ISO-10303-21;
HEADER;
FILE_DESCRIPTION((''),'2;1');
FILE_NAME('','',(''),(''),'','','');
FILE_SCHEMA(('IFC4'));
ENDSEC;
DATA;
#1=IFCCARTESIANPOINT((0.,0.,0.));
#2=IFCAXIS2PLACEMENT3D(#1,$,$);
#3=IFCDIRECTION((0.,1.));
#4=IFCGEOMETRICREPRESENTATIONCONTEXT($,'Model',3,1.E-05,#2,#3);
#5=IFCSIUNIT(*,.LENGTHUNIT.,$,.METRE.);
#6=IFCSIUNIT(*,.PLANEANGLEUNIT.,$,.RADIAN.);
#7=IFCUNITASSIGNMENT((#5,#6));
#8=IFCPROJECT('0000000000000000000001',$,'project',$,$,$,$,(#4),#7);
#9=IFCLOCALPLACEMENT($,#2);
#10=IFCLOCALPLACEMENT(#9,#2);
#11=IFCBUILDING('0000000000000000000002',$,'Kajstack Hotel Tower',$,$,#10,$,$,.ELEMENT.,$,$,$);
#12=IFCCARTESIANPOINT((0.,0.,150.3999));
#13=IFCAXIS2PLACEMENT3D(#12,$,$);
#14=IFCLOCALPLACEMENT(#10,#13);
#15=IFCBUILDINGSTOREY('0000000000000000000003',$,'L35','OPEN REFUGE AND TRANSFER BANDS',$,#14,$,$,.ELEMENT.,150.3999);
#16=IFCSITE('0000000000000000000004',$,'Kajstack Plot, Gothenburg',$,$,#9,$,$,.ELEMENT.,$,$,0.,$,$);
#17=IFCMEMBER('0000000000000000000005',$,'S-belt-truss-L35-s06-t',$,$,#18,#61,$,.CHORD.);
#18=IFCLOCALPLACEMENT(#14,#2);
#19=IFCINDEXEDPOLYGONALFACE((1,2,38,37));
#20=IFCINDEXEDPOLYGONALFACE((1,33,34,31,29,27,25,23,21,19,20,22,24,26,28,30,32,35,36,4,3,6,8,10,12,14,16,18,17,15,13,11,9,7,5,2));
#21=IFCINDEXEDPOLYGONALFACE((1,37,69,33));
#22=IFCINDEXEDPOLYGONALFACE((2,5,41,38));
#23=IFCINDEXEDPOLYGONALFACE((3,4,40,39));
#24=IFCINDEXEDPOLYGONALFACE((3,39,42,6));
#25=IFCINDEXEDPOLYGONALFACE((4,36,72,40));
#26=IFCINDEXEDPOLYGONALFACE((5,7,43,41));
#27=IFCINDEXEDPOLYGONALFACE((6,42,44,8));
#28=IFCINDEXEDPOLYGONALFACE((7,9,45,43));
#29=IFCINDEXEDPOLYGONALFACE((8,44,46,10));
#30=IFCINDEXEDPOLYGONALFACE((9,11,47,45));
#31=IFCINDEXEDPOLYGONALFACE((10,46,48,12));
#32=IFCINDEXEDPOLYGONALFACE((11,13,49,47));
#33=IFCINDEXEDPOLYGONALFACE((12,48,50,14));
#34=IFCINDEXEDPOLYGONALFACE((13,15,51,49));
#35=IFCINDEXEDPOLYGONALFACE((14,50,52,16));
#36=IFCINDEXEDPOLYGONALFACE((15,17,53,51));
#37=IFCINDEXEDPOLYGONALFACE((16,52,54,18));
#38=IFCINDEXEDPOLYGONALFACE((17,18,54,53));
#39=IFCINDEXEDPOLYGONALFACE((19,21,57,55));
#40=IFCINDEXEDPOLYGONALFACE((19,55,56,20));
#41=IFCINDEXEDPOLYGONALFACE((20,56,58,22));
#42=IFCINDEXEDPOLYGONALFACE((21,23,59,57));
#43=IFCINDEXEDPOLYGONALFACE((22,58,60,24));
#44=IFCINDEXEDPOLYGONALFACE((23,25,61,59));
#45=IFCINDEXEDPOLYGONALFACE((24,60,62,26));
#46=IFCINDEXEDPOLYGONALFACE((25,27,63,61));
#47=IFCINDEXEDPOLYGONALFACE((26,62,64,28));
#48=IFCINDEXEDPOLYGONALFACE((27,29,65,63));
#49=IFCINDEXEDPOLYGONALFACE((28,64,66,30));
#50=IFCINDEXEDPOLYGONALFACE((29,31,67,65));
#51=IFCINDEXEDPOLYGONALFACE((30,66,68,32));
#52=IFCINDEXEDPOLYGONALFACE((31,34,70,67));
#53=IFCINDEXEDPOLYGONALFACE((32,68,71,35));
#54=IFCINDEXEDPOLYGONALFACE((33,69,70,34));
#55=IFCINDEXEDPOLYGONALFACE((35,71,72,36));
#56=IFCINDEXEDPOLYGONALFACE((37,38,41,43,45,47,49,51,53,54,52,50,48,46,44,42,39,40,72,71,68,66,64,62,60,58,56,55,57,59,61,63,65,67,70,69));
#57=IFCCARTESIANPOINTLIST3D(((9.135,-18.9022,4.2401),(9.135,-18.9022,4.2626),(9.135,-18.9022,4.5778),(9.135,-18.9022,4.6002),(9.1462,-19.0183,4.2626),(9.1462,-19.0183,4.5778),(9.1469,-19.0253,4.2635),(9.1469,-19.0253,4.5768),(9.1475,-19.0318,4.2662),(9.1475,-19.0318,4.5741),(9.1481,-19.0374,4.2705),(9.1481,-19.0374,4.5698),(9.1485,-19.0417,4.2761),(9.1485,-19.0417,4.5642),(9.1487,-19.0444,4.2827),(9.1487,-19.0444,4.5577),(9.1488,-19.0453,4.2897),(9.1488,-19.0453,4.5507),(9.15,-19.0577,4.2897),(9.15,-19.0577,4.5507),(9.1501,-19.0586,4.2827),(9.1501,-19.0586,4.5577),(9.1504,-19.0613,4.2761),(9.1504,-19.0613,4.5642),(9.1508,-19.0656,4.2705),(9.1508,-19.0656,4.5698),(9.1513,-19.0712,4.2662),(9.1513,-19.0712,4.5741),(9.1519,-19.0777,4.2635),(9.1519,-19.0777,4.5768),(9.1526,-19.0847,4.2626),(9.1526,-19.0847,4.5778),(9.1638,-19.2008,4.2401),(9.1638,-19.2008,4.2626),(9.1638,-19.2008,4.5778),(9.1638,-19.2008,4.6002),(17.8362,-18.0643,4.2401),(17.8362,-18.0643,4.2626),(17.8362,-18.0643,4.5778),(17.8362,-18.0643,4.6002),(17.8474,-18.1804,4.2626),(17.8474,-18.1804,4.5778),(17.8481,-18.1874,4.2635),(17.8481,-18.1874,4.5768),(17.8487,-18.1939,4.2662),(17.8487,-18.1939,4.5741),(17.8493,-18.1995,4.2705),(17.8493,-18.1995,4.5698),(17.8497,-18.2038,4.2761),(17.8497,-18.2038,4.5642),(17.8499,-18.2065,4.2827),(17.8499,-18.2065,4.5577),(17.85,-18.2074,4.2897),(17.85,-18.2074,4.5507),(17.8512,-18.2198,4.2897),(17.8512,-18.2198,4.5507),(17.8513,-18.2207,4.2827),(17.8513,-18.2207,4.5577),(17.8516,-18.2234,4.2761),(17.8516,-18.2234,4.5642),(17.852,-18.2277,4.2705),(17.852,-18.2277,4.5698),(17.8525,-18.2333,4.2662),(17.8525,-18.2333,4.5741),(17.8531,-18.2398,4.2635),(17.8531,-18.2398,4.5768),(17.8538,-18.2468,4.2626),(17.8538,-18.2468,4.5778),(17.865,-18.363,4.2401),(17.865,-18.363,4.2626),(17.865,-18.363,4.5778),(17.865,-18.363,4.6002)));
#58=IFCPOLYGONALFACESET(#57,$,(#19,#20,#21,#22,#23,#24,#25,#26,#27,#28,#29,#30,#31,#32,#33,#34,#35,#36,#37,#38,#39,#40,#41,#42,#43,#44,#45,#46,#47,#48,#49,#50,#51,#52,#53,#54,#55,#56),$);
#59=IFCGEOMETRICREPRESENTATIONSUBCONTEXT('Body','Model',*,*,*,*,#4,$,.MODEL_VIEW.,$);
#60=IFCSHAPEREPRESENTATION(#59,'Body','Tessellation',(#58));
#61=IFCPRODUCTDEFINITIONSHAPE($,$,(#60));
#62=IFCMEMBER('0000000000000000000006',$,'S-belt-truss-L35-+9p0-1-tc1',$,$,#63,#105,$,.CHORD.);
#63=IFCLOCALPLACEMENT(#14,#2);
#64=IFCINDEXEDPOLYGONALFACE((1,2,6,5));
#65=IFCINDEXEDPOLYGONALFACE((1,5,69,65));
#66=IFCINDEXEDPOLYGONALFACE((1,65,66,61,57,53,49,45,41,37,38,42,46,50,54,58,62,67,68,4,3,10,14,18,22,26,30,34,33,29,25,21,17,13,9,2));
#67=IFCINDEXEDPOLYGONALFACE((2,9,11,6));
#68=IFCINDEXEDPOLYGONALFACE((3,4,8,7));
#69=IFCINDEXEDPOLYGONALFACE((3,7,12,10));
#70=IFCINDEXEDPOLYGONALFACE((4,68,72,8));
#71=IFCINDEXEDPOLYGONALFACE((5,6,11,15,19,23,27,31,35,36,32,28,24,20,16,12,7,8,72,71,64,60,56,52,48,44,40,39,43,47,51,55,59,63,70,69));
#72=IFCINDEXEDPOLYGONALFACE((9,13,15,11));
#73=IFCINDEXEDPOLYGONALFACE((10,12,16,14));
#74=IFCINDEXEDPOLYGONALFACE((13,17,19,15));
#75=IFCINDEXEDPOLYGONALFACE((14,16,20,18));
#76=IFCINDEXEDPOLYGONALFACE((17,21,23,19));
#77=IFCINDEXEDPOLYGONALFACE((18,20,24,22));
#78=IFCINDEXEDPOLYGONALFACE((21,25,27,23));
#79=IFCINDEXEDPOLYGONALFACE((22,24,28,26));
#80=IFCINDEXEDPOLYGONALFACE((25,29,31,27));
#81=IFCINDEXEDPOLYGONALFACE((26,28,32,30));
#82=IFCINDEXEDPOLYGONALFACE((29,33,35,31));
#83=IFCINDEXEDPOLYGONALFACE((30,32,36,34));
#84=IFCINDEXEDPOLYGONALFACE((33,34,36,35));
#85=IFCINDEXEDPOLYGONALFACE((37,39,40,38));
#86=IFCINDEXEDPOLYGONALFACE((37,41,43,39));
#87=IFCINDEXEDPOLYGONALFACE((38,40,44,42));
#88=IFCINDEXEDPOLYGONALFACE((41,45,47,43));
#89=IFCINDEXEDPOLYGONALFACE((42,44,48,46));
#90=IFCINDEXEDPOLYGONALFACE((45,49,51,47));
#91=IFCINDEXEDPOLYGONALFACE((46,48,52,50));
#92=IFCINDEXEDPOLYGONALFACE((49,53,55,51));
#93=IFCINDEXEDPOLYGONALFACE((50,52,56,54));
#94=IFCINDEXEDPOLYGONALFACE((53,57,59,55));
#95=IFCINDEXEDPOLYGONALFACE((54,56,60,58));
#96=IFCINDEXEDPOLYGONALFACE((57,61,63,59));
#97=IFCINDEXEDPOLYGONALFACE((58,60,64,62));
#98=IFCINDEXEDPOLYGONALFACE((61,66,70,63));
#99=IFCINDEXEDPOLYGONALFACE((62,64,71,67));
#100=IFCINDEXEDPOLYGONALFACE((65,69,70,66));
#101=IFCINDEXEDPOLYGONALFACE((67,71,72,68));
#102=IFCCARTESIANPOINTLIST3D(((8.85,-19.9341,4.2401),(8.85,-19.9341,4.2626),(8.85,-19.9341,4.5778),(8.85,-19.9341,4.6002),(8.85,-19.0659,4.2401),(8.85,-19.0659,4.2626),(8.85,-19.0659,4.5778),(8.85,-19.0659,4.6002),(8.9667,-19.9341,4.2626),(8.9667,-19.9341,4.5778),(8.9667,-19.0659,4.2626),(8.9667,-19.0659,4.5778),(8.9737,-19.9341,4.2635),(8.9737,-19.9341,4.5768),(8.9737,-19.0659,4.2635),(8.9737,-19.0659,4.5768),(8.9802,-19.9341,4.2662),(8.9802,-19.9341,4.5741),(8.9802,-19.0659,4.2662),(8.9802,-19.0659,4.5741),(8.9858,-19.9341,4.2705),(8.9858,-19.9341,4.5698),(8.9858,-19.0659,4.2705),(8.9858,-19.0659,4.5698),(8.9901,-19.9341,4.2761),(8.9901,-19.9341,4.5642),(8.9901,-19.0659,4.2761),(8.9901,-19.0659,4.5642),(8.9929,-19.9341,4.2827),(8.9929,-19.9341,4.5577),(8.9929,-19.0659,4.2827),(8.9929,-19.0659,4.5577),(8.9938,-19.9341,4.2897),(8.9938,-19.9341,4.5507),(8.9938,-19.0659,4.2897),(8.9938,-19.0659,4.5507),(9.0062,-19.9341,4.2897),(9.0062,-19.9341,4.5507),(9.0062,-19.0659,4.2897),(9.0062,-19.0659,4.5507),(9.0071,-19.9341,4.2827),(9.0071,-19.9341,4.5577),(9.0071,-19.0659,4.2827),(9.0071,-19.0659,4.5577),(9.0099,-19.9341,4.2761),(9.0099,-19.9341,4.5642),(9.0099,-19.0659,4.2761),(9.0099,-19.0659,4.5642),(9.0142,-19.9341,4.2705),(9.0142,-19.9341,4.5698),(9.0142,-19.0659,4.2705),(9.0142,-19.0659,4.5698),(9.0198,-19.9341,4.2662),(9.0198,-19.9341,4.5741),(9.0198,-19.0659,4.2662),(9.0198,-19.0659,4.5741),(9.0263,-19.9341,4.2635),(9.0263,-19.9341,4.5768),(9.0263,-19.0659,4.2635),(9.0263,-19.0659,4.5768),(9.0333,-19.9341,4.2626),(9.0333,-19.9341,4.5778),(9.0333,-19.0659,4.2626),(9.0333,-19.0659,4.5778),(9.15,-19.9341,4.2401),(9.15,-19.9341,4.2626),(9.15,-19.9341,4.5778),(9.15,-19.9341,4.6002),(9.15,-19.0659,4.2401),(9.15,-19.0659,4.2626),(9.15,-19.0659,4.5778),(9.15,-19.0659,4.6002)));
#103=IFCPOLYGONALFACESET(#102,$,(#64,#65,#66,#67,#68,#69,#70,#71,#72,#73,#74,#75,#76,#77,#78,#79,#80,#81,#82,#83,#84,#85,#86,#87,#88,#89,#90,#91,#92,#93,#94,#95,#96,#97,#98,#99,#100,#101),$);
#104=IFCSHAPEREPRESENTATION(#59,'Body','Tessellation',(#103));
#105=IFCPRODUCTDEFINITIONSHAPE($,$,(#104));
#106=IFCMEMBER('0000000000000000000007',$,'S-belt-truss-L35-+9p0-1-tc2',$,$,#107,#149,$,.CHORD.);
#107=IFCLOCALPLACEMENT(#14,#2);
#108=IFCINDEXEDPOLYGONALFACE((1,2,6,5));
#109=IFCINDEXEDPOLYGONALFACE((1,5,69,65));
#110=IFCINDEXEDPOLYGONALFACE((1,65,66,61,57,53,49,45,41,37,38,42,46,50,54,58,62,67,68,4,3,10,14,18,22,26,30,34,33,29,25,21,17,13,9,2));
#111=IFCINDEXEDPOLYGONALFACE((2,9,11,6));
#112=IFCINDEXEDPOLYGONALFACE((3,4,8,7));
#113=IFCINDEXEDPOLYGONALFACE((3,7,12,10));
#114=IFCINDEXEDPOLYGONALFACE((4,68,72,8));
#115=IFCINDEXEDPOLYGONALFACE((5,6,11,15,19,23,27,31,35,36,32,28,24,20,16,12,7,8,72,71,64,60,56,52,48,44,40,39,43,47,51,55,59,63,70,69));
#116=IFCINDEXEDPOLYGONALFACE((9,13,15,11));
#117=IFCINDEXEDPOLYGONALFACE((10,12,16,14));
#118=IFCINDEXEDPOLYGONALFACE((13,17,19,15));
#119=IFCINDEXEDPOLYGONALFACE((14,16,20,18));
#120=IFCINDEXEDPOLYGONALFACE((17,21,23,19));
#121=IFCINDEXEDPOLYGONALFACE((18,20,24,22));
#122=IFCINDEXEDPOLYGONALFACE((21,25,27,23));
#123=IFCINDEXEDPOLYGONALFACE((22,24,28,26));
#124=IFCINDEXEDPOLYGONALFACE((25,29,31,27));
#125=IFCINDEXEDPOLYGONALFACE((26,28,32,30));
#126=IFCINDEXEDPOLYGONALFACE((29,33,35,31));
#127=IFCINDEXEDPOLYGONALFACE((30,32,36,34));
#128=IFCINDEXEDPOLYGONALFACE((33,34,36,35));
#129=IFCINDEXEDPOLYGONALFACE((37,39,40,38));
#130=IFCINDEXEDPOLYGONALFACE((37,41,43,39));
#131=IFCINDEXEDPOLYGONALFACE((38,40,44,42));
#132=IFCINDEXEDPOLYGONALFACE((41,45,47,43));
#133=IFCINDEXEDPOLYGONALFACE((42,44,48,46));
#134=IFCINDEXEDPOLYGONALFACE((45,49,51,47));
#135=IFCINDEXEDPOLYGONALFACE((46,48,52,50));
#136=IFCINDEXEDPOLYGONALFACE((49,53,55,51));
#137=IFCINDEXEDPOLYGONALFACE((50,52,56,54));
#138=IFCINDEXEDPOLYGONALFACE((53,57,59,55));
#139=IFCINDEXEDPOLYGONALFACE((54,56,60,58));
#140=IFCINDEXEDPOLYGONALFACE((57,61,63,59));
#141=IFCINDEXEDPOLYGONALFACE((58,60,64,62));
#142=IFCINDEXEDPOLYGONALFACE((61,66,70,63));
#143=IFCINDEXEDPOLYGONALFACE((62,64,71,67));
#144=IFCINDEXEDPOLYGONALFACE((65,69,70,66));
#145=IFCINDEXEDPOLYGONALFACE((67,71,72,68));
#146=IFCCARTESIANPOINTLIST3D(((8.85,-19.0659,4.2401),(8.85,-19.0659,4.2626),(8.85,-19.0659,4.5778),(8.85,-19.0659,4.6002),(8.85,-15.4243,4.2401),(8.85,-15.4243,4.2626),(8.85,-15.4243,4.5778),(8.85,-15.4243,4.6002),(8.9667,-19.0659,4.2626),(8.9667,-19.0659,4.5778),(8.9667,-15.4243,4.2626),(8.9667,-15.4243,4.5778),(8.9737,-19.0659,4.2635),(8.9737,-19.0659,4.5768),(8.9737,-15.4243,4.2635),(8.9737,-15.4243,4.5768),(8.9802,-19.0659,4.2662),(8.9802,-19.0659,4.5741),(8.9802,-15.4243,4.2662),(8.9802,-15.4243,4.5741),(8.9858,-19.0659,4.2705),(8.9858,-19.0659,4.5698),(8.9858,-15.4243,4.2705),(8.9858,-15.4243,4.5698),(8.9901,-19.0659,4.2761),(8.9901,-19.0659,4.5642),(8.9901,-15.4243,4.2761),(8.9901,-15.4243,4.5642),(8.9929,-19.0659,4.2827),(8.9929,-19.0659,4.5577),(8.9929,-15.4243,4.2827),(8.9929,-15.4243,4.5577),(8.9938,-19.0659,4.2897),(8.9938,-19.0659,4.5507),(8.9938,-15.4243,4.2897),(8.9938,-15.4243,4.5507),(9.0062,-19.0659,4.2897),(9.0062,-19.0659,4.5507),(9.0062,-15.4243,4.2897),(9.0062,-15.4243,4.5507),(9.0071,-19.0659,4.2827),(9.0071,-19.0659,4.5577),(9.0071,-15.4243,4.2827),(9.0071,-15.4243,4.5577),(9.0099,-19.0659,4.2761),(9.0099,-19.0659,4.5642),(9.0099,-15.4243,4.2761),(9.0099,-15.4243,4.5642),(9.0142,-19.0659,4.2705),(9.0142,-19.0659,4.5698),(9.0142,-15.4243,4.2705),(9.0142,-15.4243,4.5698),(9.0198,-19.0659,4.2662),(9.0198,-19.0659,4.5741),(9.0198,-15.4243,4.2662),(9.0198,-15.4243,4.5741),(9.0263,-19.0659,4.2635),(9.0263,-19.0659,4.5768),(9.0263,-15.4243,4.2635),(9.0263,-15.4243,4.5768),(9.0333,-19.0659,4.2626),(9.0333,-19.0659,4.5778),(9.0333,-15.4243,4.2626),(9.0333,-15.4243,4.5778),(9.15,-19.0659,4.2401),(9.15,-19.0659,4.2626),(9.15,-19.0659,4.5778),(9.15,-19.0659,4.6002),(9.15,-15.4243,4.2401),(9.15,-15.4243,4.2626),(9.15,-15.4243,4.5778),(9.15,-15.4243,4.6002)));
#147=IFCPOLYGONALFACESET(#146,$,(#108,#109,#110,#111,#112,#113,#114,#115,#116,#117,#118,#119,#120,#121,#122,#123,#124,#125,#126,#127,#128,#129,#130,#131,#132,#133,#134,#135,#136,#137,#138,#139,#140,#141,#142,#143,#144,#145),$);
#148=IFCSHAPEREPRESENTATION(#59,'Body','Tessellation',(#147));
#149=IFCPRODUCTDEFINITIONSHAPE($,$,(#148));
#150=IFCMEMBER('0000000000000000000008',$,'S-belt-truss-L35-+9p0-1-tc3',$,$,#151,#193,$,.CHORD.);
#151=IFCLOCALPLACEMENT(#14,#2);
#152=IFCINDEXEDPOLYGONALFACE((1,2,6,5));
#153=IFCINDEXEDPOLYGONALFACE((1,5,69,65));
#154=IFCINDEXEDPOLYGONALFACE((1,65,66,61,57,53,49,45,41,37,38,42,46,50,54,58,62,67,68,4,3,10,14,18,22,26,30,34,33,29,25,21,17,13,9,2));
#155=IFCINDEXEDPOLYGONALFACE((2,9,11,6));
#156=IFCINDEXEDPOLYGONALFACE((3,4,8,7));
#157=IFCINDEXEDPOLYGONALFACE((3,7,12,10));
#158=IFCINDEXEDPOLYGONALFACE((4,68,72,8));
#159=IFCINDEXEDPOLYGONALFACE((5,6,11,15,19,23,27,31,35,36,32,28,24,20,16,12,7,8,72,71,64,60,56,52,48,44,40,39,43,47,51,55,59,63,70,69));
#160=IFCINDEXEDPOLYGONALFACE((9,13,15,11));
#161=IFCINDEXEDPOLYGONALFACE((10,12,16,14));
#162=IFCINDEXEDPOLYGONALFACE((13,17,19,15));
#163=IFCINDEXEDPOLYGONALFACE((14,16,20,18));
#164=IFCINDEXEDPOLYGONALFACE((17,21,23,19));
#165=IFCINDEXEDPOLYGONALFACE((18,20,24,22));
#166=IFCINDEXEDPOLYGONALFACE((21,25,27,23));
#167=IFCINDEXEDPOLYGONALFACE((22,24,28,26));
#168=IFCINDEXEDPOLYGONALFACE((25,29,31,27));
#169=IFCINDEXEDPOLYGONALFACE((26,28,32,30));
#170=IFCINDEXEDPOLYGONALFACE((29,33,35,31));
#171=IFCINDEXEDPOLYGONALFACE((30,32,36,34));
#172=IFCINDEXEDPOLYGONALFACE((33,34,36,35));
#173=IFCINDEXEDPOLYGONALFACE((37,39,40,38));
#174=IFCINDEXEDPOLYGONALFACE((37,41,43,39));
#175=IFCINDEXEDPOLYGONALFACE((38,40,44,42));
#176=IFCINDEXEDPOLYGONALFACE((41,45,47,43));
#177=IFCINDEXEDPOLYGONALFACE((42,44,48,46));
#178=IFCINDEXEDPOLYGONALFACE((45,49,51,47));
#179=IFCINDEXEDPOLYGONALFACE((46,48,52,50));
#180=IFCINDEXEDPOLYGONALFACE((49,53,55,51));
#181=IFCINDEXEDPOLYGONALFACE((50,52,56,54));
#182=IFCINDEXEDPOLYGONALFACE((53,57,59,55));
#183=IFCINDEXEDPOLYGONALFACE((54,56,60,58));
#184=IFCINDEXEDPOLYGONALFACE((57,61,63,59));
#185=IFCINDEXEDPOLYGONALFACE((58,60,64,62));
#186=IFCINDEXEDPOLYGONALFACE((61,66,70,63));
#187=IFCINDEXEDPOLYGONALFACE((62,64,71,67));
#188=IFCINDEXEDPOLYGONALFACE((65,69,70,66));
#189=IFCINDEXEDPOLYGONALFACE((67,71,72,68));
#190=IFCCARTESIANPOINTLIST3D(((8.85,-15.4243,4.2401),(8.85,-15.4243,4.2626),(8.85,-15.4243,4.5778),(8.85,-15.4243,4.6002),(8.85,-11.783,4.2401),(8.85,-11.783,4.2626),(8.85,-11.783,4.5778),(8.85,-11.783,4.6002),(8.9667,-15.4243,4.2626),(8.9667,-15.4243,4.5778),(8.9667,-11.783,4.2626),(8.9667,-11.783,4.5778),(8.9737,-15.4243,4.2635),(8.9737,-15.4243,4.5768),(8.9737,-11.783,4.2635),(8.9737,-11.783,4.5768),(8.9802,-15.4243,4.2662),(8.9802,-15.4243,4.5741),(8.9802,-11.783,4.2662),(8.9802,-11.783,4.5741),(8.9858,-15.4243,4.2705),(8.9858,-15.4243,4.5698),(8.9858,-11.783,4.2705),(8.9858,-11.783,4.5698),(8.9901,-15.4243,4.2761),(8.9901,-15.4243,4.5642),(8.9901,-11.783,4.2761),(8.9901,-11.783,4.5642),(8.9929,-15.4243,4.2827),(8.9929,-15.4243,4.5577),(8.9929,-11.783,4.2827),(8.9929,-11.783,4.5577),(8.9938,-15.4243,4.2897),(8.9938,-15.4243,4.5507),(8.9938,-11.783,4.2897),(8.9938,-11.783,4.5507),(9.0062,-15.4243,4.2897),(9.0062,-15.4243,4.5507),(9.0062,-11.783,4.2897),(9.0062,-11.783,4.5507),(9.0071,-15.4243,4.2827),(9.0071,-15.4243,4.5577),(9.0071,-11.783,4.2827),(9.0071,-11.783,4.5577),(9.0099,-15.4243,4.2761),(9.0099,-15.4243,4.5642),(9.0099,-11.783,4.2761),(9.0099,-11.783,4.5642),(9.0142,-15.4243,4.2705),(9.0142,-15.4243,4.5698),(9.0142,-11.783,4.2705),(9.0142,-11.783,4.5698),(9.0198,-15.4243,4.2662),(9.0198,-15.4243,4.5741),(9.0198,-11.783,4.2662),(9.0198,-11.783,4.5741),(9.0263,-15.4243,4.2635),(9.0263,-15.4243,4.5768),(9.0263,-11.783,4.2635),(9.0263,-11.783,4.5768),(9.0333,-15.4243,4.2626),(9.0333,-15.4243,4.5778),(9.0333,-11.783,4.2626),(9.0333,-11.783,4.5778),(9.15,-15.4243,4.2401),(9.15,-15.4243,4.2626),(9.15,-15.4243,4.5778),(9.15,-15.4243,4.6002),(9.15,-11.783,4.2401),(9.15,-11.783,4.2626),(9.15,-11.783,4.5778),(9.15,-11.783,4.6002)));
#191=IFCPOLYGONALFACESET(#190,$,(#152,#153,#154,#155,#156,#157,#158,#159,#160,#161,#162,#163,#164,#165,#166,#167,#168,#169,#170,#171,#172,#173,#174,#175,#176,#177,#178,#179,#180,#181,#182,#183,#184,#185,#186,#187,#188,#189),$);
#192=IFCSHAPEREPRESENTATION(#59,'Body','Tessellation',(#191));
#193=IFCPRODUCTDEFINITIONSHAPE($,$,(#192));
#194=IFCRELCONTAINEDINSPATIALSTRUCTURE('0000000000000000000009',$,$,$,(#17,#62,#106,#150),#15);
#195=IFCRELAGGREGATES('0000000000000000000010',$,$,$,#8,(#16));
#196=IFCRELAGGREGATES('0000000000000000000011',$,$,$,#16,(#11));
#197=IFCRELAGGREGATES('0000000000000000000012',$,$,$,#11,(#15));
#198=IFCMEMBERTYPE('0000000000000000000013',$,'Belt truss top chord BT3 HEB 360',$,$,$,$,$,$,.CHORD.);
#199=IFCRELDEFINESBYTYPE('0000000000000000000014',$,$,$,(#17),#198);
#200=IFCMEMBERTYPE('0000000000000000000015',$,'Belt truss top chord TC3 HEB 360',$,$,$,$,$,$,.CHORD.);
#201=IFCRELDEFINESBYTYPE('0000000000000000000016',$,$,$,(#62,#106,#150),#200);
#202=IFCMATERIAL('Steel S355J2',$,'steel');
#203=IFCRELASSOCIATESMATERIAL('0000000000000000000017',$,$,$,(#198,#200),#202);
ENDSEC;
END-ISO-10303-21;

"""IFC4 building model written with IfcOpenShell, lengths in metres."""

from ifc_helpers import new_model, si_unit, direction, frame, origin, origin_2d, place, context, subcontext, project, spatial, i_section, extrude, material, material_profile, profile_set, type_object, element, save


model = new_model("IFC4")

# Units and contexts
model_context = context("Model", 3, precision=1e-05, world=origin(), true_north=direction((0.0, 1.0)))
body_context = subcontext(model_context, "Body", "Model", "MODEL_VIEW")
ifc_project = project(units=[si_unit("LENGTHUNIT", "METRE"), si_unit("PLANEANGLEUNIT", "RADIAN")], contexts=[model_context])

# Site, building, storey
site_placement = place(None, origin())
site = spatial("IfcSite", under=ifc_project, at=site_placement, Name="Kajstack Plot, Gothenburg", CompositionType="ELEMENT", RefElevation=0.0)
building_placement = place(site_placement, origin())
building = spatial("IfcBuilding", under=site, at=building_placement, Name="Kajstack Hotel Tower", CompositionType="ELEMENT")
storey_placement = place(building_placement, frame((0.0, 0.0, 150.3999)))
storey = spatial("IfcBuildingStorey", under=building, at=storey_placement, Name="L35", Description="OPEN REFUGE AND TRANSFER BANDS", CompositionType="ELEMENT", Elevation=150.3999)

# Members
ifc_material_1 = material(Name="Steel S355J2", Category="steel")
ifc_material_profile_1 = material_profile(ifc_material_1, i_section(OverallWidth=0.3, OverallDepth=0.3601, WebThickness=0.0125, FlangeThickness=0.0225, FilletRadius=0.0271, at=origin_2d()), Name="HEB 360")
ifc_profile_set_1 = profile_set([ifc_material_profile_1], Name="Steel S355J2")
member_type_1 = type_object("IfcMemberType", Name="Belt truss top chord BT3 HEB 360", PredefinedType="CHORD", material=ifc_profile_set_1)
for number, where, z_axis, x_axis, name in (
    (1, (9.1494, -19.0515, 4.4202), (0.995396, 0.095853, 0.0), (-0.095853, 0.995396, 0.0), "S-belt-truss-L35-s06-t"),
):
    element("IfcMember", number, at=place(storey_placement, frame(where, z_axis=z_axis, x_axis=x_axis)), inside=storey, type_object=member_type_1, Name=name, PredefinedType="CHORD", context=body_context, shape_type="SweptSolid", body=[
        extrude(i_section(OverallWidth=0.3, OverallDepth=0.3601, WebThickness=0.0125, FlangeThickness=0.0225, FilletRadius=0.0271, at=origin_2d()), origin(), (0.0, 0.0, 1.0), 8.7415),
    ])
ifc_material_profile_2 = material_profile(ifc_material_1, i_section(OverallWidth=0.3, OverallDepth=0.3601, WebThickness=0.0125, FlangeThickness=0.0225, FilletRadius=0.0271, at=origin_2d()), Name="HEB 360")
ifc_profile_set_2 = profile_set([ifc_material_profile_2], Name="Steel S355J2")
member_type_2 = type_object("IfcMemberType", Name="Belt truss top chord TC3 HEB 360", PredefinedType="CHORD", material=ifc_profile_set_2)
member_1_placement = place(storey_placement, frame((9.0, -19.9341, 4.4202), z_axis=(0.0, 1.0, 0.0), x_axis=(-1.0, 0.0, 0.0)))
element("IfcMember", 2, at=member_1_placement, inside=storey, type_object=member_type_2, Name="S-belt-truss-L35-+9p0-1-tc1", PredefinedType="CHORD", context=body_context, shape_type="SweptSolid", body=[
    extrude(i_section(OverallWidth=0.3, OverallDepth=0.3601, WebThickness=0.0125, FlangeThickness=0.0225, FilletRadius=0.0271, at=origin_2d()), origin(), (0.0, 0.0, 1.0), 0.8682),
])
member_2_placement = place(storey_placement, frame((9.0, -19.0659, 4.4202), z_axis=(0.0, 1.0, 0.0), x_axis=(-1.0, 0.0, 0.0)))
element("IfcMember", 3, at=member_2_placement, inside=storey, type_object=member_type_2, Name="S-belt-truss-L35-+9p0-1-tc2", PredefinedType="CHORD", context=body_context, shape_type="SweptSolid", body=[
    extrude(i_section(OverallWidth=0.3, OverallDepth=0.3601, WebThickness=0.0125, FlangeThickness=0.0225, FilletRadius=0.0271, at=origin_2d()), origin(), (0.0, 0.0, 1.0), 3.6416),
])
member_3_placement = place(storey_placement, frame((9.0, -15.4243, 4.4202), z_axis=(0.0, 1.0, 0.0), x_axis=(-1.0, 0.0, 0.0)))
element("IfcMember", 4, at=member_3_placement, inside=storey, type_object=member_type_2, Name="S-belt-truss-L35-+9p0-1-tc3", PredefinedType="CHORD", context=body_context, shape_type="SweptSolid", body=[
    extrude(i_section(OverallWidth=0.3, OverallDepth=0.3601, WebThickness=0.0125, FlangeThickness=0.0225, FilletRadius=0.0271, at=origin_2d()), origin(), (0.0, 0.0, 1.0), 3.6414),
])

save(model, "model.ifc")
